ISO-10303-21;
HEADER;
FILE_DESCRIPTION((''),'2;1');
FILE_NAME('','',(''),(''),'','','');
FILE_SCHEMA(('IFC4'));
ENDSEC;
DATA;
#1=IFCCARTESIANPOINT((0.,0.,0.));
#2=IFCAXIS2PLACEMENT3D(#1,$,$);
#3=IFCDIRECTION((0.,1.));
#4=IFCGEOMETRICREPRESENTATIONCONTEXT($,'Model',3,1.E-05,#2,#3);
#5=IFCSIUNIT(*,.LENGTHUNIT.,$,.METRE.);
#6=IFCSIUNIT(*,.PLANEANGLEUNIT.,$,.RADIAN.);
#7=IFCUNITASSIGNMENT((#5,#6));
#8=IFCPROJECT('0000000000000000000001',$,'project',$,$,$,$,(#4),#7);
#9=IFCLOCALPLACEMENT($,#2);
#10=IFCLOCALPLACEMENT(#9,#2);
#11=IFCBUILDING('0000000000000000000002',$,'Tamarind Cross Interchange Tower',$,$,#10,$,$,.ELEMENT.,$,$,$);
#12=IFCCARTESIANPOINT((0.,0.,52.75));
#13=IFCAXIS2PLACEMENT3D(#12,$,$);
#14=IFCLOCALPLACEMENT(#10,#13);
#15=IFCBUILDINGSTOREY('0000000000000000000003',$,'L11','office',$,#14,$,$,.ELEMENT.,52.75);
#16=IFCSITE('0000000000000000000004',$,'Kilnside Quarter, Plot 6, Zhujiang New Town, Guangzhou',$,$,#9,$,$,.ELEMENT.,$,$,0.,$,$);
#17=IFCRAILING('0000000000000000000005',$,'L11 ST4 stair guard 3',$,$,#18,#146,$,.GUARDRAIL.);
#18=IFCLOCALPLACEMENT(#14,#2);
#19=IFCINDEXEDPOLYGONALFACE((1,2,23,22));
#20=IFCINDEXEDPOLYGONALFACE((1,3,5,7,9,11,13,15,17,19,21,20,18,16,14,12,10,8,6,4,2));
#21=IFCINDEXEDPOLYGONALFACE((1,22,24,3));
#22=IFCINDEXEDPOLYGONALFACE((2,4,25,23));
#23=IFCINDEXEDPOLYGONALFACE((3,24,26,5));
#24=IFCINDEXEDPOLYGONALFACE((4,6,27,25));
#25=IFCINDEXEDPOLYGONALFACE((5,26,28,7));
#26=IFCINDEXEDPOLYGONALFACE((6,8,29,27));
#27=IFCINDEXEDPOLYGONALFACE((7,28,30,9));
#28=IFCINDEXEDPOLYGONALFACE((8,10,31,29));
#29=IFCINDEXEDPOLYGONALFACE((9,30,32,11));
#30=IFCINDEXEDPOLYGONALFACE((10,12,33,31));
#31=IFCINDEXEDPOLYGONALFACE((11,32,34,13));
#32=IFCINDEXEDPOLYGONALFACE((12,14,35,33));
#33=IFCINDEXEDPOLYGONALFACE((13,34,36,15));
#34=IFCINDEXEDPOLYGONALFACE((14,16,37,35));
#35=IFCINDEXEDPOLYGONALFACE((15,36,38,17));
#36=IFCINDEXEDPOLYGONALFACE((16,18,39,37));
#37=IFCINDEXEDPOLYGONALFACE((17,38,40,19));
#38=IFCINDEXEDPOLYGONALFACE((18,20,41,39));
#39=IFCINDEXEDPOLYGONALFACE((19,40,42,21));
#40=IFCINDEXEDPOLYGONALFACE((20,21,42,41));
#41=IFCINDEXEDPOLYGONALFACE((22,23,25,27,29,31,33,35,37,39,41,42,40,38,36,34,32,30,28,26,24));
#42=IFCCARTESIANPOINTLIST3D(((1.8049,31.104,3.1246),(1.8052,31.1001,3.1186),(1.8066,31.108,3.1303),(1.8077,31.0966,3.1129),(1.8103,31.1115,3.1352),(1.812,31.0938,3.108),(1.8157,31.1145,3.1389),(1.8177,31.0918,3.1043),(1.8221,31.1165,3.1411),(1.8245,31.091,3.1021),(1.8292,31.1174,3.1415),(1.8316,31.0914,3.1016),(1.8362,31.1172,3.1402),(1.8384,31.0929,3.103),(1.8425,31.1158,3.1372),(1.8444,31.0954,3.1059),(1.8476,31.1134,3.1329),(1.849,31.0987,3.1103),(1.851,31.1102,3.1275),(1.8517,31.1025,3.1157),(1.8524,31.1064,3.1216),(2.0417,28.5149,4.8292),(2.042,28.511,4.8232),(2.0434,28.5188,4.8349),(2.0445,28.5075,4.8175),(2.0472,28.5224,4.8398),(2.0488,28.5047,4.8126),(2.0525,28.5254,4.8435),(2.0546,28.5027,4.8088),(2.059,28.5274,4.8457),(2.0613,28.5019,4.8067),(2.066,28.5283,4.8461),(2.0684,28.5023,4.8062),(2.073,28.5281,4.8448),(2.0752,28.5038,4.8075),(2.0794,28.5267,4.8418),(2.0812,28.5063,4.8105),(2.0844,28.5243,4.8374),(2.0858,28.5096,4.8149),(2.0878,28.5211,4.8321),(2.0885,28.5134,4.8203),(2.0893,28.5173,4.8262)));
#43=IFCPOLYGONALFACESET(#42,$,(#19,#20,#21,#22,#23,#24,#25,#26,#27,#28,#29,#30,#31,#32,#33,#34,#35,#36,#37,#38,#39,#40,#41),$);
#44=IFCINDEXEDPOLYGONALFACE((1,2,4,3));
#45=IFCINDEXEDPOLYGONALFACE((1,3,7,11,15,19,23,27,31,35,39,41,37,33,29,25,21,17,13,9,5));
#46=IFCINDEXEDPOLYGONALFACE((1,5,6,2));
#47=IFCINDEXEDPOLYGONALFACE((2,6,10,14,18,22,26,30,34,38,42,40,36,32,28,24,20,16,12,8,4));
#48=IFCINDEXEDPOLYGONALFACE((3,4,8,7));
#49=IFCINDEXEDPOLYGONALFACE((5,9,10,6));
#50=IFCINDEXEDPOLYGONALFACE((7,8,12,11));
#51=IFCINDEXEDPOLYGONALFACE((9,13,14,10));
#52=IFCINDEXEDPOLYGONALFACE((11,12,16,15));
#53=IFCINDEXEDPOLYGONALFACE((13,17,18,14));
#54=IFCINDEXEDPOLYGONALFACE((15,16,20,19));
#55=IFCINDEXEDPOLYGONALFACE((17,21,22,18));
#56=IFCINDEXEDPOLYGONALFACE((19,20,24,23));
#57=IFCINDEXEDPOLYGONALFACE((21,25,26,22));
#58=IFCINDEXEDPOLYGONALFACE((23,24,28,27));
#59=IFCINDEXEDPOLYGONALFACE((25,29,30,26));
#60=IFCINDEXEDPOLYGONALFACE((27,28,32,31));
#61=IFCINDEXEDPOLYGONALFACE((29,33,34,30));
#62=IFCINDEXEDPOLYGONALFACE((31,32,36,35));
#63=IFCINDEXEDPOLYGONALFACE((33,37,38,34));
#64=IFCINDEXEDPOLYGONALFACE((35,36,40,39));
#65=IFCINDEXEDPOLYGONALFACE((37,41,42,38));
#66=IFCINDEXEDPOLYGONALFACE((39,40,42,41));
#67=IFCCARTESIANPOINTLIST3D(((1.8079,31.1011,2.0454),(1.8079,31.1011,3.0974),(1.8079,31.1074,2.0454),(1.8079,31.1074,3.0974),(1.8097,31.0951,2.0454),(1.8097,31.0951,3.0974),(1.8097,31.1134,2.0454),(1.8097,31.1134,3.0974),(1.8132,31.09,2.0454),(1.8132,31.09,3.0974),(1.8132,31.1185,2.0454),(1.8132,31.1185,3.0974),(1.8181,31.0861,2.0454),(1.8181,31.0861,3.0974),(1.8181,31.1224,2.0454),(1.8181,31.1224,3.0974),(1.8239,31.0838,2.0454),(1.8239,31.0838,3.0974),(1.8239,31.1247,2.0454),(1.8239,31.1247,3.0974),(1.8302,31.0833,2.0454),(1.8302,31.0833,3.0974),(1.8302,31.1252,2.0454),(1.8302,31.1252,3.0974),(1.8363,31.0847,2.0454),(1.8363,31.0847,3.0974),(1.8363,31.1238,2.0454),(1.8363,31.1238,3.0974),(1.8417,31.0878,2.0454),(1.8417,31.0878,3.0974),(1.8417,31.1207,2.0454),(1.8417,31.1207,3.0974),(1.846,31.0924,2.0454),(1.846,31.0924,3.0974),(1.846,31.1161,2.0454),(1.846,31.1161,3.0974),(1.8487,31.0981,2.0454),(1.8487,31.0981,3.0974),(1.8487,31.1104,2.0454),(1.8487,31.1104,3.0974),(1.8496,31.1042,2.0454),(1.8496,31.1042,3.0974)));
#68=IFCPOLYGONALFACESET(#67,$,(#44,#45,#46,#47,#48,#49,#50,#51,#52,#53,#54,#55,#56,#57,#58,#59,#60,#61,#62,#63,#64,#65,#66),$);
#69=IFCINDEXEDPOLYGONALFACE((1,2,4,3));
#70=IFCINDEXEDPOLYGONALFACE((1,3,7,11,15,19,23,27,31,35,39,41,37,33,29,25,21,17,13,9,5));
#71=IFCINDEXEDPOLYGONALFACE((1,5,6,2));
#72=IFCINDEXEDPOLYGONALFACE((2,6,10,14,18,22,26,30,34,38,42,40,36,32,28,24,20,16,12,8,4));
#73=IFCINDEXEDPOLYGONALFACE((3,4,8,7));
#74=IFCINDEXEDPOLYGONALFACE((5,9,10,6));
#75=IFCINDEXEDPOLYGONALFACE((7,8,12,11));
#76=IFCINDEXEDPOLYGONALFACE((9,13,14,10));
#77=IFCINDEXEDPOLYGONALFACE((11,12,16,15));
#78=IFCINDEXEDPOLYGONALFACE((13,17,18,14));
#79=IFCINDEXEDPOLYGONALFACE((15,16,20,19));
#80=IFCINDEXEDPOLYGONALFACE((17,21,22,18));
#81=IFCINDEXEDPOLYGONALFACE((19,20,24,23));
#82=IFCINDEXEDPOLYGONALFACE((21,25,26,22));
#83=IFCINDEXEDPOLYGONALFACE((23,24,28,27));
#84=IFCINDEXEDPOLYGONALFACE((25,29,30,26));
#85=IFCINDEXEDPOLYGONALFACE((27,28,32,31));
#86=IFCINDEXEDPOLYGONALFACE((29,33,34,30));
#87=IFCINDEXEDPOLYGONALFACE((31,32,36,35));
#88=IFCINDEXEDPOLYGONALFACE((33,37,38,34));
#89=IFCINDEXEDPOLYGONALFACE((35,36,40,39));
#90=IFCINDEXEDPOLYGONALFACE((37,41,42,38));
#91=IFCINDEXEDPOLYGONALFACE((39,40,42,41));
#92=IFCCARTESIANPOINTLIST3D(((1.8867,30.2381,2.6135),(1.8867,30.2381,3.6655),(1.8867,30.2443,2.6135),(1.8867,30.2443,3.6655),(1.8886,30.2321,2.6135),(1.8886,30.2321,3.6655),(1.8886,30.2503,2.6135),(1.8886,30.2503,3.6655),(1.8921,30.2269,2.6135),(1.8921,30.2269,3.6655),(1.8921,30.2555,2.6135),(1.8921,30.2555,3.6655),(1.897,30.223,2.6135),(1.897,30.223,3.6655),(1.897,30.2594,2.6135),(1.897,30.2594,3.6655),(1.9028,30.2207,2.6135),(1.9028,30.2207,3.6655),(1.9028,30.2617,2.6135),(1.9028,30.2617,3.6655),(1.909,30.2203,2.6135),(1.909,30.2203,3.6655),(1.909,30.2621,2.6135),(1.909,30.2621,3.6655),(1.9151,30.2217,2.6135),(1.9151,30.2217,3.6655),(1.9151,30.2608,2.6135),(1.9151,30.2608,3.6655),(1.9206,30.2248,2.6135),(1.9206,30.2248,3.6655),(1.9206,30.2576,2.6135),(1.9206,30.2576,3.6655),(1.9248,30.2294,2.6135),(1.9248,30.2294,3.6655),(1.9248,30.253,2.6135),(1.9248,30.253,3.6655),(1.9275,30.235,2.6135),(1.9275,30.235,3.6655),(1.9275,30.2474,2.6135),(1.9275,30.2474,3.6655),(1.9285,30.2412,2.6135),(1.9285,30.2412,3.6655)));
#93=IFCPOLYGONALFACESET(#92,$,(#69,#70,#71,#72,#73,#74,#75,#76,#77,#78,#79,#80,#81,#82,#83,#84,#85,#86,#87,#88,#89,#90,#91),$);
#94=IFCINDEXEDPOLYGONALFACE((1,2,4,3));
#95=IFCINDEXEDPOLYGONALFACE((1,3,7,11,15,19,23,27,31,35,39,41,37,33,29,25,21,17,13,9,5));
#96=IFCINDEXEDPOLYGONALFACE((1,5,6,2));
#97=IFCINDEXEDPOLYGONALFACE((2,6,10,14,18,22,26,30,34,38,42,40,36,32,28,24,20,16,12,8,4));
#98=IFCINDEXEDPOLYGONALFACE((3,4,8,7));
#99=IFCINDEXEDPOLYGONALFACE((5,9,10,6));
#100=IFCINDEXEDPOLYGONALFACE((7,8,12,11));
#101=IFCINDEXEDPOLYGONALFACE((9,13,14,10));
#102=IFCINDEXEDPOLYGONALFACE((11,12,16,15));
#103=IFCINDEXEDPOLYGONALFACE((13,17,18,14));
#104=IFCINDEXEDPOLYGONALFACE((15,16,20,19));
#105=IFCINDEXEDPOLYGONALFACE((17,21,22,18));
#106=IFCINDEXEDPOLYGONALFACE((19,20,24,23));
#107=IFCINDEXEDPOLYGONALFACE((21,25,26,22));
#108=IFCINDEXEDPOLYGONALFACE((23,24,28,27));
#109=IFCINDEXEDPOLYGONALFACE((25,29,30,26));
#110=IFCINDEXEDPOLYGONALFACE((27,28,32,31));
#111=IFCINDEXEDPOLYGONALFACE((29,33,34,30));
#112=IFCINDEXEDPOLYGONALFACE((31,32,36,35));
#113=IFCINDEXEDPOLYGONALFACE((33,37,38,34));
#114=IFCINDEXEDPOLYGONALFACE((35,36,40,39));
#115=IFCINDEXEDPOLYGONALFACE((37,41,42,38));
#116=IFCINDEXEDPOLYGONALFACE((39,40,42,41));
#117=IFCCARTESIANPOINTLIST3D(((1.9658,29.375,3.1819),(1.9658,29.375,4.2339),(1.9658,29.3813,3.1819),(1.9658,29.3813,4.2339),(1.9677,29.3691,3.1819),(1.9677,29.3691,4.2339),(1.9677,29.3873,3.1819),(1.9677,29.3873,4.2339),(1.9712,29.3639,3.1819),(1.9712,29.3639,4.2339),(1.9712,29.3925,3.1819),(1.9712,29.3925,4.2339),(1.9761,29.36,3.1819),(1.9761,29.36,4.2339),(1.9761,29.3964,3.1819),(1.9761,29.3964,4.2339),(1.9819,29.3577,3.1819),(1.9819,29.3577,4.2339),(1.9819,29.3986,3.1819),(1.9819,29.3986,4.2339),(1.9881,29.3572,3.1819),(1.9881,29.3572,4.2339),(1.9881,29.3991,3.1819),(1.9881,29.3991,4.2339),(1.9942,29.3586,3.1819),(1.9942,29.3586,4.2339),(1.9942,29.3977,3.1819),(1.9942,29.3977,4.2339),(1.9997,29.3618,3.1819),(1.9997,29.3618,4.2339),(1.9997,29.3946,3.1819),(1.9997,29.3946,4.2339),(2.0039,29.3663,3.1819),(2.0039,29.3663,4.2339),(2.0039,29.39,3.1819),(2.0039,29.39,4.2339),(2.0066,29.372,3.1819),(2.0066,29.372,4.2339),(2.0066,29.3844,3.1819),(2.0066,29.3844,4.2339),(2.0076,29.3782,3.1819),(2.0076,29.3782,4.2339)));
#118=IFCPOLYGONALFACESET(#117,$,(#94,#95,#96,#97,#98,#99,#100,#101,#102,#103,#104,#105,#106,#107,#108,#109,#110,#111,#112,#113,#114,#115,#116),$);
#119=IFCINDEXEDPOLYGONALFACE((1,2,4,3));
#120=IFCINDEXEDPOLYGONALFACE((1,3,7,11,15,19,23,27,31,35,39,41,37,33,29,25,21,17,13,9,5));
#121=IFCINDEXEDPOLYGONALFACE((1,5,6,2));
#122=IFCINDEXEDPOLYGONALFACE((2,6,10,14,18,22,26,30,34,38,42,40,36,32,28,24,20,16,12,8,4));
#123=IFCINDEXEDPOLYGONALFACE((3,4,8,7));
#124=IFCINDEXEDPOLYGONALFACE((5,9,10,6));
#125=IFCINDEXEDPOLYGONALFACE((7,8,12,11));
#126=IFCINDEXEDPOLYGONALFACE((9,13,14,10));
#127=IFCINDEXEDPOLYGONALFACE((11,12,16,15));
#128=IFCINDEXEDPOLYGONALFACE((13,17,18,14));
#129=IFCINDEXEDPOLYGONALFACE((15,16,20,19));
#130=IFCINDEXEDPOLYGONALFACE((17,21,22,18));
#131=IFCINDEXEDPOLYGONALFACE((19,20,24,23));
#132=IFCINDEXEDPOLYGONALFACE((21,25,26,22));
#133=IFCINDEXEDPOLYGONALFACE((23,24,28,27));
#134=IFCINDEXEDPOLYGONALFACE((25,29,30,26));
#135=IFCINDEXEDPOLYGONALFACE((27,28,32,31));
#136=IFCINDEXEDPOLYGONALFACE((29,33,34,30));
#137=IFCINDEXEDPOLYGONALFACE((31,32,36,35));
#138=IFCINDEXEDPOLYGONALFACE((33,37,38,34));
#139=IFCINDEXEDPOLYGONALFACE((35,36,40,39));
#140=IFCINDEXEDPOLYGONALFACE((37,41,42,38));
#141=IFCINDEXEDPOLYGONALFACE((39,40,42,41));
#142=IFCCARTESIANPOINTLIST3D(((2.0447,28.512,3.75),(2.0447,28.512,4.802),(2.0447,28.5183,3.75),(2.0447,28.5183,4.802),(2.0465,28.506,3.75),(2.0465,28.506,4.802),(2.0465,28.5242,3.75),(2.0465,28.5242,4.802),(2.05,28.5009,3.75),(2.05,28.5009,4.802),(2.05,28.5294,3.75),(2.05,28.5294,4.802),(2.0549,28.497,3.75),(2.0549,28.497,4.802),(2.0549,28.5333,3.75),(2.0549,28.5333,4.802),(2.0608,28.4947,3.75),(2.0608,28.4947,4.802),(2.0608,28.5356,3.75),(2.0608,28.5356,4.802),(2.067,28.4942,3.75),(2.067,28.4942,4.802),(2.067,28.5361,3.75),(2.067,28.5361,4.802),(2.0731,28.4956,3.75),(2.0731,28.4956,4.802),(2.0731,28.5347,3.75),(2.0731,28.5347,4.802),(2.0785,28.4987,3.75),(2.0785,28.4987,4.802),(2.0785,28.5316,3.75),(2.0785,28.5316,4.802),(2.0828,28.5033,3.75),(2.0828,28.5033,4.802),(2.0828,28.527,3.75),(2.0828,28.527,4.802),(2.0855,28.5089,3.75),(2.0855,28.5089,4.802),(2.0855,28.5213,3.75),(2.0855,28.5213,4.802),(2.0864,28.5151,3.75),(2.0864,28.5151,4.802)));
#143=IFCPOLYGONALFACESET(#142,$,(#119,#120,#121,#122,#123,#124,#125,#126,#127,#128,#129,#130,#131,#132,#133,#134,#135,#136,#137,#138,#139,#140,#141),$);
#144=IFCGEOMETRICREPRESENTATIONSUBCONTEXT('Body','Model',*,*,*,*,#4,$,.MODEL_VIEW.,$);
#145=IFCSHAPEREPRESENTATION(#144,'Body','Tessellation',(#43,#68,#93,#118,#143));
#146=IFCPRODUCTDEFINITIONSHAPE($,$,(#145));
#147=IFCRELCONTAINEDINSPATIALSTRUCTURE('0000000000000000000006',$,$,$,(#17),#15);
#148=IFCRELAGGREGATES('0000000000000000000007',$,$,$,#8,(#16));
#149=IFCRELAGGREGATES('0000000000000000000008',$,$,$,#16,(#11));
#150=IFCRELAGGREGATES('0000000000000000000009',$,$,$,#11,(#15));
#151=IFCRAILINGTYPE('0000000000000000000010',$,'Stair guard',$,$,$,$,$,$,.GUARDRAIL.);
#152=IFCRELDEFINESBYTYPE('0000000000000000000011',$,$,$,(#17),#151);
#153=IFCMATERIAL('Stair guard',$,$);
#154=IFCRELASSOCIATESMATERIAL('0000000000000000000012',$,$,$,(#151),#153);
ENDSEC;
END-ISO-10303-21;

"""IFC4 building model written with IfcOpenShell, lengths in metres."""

from ifc_helpers import new_model, si_unit, direction, frame, origin, origin_2d, place, context, subcontext, project, spatial, circle, extrude, material, type_object, element, save


model = new_model("IFC4")

# Units and contexts
model_context = context("Model", 3, precision=1e-05, world=origin(), true_north=direction((0.0, 1.0)))
body_context = subcontext(model_context, "Body", "Model", "MODEL_VIEW")
ifc_project = project(units=[si_unit("LENGTHUNIT", "METRE"), si_unit("PLANEANGLEUNIT", "RADIAN")], contexts=[model_context])

# Site, building, storey
site_placement = place(None, origin())
site = spatial("IfcSite", under=ifc_project, at=site_placement, Name="Kilnside Quarter, Plot 6, Zhujiang New Town, Guangzhou", CompositionType="ELEMENT", RefElevation=0.0)
building_placement = place(site_placement, origin())
building = spatial("IfcBuilding", under=site, at=building_placement, Name="Tamarind Cross Interchange Tower", CompositionType="ELEMENT")
storey_placement = place(building_placement, frame((0.0, 0.0, 52.75)))
storey = spatial("IfcBuildingStorey", under=building, at=storey_placement, Name="L11", Description="office", CompositionType="ELEMENT", Elevation=52.75)

# Railing
ifc_material_1 = material(Name="Stair guard")
railing_type_1 = type_object("IfcRailingType", Name="Stair guard", PredefinedType="GUARDRAIL", material=ifc_material_1)
railing_1_placement = place(storey_placement, frame((1.8286, 31.1042, 2.0454)))
element("IfcRailing", 1, at=railing_1_placement, inside=storey, type_object=railing_type_1, Name="L11 ST4 stair guard 3", PredefinedType="GUARDRAIL", context=body_context, shape_type="SweptSolid", body=[
    extrude(circle(Radius=0.0239, at=origin_2d()), frame((0.0, 0.0, 1.0762), z_axis=(0.076174, -0.832809, 0.548295), x_axis=(0.995843, 0.091086, 0.0)), (0.0, 0.0, 1.0), 3.1089),
    extrude(circle(Radius=0.021, at=origin_2d()), origin(), (0.0, 0.0, 1.0), 1.052),
    extrude(circle(Radius=0.021, at=origin_2d()), frame((0.0789, -0.863, 0.5681)), (0.0, 0.0, 1.0), 1.052),
    extrude(circle(Radius=0.021, at=origin_2d()), frame((0.158, -1.7261, 1.1365)), (0.0, 0.0, 1.0), 1.052),
    extrude(circle(Radius=0.021, at=origin_2d()), frame((0.2368, -2.5891, 1.7046)), (0.0, 0.0, 1.0), 1.052),
])

save(model, "model.ifc")
